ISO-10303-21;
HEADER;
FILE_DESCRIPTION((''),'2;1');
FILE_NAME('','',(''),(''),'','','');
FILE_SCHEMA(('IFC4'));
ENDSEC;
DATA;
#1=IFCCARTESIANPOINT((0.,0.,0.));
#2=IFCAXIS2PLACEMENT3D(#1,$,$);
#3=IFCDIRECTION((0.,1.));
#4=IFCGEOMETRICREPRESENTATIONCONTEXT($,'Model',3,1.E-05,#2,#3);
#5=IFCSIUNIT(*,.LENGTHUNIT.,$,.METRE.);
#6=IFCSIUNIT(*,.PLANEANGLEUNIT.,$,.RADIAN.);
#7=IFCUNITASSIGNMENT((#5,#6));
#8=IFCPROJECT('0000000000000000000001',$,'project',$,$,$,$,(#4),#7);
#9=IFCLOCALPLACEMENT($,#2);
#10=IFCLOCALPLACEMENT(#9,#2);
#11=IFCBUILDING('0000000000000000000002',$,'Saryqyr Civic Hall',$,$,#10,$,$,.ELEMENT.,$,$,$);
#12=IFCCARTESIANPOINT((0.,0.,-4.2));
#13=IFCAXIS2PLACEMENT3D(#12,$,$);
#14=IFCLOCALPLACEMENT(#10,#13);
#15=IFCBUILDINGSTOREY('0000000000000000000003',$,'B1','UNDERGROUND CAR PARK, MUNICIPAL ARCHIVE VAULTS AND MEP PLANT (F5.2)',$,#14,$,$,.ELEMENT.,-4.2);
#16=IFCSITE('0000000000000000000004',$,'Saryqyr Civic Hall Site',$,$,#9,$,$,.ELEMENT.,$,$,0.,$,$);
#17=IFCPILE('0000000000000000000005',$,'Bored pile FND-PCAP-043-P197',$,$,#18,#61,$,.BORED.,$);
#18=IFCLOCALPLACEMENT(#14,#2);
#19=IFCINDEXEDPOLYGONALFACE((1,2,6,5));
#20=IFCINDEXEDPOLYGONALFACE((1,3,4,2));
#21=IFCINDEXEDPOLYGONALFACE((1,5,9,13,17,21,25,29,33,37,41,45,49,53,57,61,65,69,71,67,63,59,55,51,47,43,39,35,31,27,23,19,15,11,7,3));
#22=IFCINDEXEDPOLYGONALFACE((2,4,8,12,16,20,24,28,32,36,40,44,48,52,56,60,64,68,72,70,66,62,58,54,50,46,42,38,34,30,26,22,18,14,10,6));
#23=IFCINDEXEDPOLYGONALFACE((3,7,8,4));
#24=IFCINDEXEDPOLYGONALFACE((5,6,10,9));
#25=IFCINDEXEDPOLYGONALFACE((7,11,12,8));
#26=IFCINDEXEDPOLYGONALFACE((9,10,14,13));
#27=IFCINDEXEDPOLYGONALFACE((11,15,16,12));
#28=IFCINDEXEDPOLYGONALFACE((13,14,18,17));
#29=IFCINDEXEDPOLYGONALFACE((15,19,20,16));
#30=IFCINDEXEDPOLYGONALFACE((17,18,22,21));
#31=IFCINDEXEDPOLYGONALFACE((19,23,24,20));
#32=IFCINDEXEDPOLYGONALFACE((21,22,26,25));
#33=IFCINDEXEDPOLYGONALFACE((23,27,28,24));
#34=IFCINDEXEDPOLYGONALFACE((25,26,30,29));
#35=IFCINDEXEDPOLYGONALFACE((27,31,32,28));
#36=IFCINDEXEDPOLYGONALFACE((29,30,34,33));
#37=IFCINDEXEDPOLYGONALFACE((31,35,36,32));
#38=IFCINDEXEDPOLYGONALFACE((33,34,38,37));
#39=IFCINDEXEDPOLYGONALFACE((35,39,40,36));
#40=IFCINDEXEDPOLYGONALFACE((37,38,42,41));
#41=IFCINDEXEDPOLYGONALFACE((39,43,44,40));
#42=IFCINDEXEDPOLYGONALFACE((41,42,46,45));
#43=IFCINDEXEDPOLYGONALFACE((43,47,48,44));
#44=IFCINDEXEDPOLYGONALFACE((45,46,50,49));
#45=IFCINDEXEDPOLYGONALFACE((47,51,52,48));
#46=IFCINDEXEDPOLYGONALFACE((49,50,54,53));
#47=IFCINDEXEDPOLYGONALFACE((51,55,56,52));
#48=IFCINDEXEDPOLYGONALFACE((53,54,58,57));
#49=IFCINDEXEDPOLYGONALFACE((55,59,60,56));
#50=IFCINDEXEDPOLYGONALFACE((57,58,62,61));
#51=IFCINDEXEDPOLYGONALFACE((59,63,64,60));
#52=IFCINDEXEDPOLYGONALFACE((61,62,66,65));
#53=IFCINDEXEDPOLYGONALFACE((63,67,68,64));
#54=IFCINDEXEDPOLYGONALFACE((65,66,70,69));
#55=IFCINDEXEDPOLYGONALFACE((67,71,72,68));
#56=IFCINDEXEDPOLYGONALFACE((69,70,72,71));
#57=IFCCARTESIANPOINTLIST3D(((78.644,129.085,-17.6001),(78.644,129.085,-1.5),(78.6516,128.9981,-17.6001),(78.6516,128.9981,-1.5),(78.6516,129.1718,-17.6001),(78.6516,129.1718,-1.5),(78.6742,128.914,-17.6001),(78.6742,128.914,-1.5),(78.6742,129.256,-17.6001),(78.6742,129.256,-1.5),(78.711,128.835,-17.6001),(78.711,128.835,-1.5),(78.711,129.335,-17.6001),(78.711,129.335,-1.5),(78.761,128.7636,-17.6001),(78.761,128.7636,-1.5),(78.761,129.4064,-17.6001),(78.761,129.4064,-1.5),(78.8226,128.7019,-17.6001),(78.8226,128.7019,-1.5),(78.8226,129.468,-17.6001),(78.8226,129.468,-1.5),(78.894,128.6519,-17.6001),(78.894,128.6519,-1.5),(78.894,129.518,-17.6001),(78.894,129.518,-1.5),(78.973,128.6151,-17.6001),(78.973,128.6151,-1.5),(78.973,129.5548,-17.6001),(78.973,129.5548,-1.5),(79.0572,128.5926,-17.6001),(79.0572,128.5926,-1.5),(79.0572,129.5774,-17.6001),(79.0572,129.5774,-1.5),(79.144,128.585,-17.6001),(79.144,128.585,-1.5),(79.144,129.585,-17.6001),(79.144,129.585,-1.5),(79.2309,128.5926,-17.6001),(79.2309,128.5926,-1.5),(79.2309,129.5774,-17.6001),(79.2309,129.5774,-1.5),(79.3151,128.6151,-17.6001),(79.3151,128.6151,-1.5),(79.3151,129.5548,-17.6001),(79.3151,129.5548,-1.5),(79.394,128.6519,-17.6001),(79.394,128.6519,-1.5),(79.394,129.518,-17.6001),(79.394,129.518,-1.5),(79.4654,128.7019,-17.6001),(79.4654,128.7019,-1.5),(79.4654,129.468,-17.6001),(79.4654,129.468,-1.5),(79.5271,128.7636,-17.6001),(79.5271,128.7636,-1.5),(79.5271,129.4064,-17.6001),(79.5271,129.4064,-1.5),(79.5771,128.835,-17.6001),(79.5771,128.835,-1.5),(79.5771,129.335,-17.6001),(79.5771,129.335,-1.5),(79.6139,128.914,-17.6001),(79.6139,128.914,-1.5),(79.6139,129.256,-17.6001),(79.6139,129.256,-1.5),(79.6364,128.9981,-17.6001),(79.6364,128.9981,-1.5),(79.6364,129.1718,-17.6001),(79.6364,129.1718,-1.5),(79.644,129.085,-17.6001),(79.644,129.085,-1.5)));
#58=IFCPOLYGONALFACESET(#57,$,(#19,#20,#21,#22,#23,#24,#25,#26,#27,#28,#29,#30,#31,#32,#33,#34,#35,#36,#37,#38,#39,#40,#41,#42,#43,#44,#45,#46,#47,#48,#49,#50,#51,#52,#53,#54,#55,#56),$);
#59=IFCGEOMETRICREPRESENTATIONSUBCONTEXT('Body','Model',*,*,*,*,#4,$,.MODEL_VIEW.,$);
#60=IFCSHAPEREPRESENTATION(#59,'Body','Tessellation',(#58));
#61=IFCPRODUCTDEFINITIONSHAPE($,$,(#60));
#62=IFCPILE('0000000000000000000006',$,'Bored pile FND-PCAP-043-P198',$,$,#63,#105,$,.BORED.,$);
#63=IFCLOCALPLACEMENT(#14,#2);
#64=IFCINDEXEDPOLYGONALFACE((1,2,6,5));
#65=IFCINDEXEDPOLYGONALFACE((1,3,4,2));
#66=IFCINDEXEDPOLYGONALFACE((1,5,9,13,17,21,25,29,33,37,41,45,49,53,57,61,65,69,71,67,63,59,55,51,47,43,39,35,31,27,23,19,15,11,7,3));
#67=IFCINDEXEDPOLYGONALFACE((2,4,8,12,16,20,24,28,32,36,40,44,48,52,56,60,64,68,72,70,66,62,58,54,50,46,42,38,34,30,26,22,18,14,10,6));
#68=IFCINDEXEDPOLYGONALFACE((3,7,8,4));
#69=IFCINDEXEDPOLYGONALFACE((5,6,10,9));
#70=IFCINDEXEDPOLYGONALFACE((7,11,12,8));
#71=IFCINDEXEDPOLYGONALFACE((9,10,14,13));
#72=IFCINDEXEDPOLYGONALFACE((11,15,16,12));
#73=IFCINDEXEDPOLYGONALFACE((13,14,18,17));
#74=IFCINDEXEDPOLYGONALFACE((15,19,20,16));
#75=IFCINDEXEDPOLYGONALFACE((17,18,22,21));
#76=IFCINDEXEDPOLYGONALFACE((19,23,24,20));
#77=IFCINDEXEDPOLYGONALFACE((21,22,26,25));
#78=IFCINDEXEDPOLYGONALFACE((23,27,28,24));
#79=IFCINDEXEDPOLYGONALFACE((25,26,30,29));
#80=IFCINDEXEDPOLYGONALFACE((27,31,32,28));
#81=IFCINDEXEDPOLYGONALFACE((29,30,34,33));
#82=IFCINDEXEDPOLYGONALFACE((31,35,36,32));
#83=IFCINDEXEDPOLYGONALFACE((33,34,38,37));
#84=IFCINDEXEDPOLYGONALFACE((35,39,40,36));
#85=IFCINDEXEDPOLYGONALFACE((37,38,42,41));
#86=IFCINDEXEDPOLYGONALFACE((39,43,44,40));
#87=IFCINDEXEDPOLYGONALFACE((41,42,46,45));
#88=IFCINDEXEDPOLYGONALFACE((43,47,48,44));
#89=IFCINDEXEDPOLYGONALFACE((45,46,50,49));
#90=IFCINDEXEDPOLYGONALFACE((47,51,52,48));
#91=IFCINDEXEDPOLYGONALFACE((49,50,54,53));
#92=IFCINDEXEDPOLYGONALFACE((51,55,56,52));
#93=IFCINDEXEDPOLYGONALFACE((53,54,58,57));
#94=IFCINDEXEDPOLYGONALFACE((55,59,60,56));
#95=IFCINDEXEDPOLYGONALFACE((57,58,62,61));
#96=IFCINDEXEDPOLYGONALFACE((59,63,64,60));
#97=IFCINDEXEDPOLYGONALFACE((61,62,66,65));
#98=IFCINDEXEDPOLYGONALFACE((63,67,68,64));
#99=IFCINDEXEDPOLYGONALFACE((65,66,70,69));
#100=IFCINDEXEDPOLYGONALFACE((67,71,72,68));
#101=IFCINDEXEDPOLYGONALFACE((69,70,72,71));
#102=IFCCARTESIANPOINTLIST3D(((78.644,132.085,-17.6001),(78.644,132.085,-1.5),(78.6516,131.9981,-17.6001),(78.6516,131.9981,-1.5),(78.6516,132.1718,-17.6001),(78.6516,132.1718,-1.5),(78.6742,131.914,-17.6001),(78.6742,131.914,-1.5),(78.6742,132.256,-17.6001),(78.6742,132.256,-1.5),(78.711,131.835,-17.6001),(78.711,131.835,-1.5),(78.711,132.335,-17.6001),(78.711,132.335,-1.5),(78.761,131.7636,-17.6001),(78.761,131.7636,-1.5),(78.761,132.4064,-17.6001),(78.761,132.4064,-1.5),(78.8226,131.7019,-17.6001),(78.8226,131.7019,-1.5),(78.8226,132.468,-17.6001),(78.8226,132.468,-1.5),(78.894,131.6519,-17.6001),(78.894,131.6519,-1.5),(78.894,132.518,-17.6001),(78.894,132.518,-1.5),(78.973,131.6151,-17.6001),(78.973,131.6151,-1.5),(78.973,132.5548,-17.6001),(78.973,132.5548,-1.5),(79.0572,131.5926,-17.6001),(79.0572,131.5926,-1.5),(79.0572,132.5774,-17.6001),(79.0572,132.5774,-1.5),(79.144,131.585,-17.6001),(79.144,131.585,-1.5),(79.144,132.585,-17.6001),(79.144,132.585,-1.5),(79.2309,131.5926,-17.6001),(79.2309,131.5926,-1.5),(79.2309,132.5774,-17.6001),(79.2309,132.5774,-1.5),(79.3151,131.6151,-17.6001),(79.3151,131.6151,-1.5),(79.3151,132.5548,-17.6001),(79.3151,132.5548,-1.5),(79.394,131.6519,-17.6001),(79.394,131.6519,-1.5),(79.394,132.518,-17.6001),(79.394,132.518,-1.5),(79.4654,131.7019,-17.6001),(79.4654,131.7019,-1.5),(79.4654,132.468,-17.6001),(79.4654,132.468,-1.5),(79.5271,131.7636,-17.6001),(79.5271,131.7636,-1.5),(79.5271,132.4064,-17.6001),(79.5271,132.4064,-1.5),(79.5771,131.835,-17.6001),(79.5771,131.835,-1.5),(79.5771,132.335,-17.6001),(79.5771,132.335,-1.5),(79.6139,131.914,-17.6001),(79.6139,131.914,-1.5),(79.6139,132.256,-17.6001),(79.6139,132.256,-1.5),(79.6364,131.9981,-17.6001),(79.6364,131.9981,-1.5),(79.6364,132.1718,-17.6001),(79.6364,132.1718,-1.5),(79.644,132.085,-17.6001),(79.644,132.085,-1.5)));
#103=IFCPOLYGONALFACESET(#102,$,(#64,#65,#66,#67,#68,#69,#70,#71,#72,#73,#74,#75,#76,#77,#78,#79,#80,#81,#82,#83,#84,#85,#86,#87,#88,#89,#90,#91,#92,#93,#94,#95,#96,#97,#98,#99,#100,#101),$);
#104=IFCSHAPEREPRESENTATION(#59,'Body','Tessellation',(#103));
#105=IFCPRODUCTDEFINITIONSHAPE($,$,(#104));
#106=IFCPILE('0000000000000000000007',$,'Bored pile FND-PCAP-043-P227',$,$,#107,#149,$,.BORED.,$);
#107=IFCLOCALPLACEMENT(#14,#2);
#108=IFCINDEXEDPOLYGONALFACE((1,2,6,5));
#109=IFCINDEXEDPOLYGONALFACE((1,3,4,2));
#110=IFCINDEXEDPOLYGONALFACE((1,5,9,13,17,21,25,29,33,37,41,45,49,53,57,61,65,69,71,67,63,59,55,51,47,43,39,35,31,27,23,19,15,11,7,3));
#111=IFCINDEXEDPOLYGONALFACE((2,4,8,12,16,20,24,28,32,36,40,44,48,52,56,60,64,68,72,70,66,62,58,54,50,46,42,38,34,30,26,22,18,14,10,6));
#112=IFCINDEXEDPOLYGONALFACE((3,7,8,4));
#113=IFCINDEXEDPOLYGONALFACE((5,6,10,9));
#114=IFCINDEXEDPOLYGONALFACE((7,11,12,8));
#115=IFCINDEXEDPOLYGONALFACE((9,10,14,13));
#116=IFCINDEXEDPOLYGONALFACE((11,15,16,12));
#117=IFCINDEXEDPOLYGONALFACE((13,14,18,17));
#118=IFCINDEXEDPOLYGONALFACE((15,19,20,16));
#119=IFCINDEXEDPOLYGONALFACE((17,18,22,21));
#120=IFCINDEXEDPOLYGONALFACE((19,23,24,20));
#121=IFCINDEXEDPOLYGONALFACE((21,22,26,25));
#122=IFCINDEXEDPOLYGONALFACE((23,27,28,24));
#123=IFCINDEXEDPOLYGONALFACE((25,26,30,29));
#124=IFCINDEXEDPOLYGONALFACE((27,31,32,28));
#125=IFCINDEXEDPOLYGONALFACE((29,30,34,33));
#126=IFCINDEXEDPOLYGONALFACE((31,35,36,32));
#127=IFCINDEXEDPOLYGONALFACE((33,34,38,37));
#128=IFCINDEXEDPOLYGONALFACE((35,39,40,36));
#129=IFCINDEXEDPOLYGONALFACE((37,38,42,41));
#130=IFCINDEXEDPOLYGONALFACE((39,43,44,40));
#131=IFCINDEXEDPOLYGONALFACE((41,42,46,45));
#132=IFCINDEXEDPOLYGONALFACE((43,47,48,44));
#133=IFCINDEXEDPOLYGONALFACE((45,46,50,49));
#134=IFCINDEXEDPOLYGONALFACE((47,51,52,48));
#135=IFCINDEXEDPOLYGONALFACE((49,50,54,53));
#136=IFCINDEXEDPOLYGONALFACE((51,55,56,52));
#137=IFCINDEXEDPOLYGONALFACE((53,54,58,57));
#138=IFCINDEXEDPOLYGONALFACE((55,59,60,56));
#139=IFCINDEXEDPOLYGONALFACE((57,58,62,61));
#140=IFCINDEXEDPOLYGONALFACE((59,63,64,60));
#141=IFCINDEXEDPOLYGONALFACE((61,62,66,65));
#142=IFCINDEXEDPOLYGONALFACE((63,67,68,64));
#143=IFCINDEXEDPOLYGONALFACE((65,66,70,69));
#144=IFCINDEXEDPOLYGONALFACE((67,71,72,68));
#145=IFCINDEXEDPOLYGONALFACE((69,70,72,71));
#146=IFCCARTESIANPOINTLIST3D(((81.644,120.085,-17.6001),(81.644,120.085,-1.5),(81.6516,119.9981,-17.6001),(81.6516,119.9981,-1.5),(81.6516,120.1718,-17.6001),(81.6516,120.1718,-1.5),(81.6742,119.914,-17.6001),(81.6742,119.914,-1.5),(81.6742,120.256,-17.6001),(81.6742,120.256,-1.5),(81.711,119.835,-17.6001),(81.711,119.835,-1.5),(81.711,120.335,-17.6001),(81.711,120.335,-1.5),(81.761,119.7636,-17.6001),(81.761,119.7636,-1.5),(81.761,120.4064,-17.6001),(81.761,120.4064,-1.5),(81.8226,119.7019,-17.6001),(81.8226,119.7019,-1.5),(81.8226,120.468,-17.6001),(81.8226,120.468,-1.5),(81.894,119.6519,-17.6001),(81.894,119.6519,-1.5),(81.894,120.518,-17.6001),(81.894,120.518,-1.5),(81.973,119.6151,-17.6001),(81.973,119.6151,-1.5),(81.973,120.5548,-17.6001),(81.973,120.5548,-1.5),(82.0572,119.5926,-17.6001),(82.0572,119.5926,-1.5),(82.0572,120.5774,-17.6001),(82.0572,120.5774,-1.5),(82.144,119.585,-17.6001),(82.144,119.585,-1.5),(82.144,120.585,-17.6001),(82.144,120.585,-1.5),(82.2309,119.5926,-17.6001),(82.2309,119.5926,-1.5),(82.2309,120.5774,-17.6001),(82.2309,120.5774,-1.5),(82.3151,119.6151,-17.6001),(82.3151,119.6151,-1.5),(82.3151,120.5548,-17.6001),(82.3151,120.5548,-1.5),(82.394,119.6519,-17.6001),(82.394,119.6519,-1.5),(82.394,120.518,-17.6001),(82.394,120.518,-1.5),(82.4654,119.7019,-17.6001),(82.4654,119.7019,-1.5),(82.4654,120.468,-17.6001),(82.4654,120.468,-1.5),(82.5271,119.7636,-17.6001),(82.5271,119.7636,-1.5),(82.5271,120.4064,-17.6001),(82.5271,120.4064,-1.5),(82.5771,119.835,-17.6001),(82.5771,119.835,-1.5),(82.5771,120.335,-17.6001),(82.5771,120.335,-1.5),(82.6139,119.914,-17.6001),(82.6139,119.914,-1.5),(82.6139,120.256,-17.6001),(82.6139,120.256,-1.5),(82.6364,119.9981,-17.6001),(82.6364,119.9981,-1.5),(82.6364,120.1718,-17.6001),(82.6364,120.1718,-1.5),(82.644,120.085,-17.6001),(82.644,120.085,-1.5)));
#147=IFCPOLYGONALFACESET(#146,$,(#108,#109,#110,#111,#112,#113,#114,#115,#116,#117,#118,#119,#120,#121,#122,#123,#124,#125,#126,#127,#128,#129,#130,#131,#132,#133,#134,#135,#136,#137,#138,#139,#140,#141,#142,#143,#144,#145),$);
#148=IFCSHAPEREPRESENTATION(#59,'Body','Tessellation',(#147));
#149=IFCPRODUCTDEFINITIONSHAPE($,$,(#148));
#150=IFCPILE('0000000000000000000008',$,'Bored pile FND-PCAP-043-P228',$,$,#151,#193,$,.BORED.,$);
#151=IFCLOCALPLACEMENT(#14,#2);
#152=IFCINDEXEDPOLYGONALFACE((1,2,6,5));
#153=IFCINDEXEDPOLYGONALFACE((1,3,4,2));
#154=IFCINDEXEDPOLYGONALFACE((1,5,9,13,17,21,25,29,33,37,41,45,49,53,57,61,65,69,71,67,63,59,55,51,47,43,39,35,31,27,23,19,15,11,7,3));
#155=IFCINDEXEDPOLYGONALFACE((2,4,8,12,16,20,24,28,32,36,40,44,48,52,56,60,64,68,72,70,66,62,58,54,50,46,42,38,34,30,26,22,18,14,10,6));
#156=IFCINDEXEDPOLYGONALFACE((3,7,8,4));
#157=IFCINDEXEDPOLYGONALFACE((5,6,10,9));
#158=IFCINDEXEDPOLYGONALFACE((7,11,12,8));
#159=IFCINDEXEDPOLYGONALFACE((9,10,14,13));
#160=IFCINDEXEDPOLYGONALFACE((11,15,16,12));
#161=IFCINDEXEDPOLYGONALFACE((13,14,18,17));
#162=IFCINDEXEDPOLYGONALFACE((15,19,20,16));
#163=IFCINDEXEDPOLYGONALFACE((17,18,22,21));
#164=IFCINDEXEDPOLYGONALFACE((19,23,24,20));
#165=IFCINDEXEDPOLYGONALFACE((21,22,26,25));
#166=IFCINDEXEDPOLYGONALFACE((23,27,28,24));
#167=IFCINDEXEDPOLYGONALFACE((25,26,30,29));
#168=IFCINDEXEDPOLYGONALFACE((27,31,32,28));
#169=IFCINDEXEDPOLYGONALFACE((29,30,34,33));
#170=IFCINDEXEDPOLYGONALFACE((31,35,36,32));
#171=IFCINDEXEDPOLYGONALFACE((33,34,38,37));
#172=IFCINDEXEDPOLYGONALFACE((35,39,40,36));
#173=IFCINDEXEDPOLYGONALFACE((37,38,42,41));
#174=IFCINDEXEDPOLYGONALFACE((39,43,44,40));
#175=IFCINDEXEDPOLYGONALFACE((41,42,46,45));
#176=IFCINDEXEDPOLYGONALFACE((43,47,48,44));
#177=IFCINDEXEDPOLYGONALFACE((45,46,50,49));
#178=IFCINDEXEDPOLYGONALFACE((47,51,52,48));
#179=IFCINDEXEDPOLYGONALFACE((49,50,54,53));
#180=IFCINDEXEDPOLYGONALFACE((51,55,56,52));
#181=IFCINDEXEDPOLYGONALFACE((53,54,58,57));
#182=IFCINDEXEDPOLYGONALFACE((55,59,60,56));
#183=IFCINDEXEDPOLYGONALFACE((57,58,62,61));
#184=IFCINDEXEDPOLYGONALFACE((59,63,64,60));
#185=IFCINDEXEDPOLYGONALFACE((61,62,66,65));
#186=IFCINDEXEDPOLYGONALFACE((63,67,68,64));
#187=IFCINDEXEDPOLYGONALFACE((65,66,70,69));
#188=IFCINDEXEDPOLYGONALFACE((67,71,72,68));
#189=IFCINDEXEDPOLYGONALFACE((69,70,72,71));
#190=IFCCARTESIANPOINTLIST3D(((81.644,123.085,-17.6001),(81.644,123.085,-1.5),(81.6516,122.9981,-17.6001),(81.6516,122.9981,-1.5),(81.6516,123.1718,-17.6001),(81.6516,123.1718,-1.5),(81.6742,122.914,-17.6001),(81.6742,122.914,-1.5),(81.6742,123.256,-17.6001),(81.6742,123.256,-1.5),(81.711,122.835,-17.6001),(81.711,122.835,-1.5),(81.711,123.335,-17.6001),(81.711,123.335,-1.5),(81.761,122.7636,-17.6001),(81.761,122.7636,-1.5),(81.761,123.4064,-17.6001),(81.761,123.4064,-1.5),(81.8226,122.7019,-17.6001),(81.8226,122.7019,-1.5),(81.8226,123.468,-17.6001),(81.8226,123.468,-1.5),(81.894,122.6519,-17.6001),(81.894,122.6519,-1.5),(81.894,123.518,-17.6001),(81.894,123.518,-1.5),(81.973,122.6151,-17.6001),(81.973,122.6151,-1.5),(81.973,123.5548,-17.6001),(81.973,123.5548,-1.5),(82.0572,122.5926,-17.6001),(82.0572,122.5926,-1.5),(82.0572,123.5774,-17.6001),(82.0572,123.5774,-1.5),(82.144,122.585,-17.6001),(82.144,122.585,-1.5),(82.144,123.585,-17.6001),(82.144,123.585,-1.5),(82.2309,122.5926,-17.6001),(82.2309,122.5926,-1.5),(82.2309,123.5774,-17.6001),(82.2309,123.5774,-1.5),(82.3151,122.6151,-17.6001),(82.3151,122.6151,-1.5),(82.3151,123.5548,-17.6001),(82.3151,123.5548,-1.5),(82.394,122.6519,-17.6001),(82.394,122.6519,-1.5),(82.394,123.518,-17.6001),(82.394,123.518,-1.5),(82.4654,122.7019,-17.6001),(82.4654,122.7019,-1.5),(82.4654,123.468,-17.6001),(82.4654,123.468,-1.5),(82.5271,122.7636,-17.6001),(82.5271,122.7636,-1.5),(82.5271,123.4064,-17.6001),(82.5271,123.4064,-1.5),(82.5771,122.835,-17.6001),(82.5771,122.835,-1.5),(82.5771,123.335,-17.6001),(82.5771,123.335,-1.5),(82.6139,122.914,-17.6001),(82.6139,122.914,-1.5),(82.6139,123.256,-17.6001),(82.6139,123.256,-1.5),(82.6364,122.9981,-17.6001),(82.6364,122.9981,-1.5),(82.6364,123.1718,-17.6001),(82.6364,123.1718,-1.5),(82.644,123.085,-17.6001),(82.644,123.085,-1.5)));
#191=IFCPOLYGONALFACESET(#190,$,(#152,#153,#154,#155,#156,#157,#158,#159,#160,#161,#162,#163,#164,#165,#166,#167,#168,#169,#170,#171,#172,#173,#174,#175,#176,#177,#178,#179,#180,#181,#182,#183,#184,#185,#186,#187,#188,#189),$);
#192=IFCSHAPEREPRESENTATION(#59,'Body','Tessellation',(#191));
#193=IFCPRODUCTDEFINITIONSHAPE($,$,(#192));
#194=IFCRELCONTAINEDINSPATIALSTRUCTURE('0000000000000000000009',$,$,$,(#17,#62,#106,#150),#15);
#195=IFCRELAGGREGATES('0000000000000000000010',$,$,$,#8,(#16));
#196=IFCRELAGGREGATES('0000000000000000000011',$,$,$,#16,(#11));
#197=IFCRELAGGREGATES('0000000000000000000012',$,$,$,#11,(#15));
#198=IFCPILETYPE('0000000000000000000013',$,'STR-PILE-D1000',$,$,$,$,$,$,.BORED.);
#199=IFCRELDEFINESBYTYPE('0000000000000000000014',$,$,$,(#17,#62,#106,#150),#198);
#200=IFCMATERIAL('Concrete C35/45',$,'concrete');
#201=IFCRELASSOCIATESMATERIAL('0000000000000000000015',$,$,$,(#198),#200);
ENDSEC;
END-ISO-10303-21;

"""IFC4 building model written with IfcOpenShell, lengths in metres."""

from ifc_helpers import new_model, si_unit, direction, frame, origin, origin_2d, place, context, subcontext, project, spatial, circle, extrude, material, material_profile, profile_set, type_object, element, save


model = new_model("IFC4")

# Units and contexts
model_context = context("Model", 3, precision=1e-05, world=origin(), true_north=direction((0.0, 1.0)))
body_context = subcontext(model_context, "Body", "Model", "MODEL_VIEW")
ifc_project = project(units=[si_unit("LENGTHUNIT", "METRE"), si_unit("PLANEANGLEUNIT", "RADIAN")], contexts=[model_context])

# Site, building, storey
site_placement = place(None, origin())
site = spatial("IfcSite", under=ifc_project, at=site_placement, Name="Saryqyr Civic Hall Site", CompositionType="ELEMENT", RefElevation=0.0)
building_placement = place(site_placement, origin())
building = spatial("IfcBuilding", under=site, at=building_placement, Name="Saryqyr Civic Hall", CompositionType="ELEMENT")
storey_placement = place(building_placement, frame((0.0, 0.0, -4.2)))
storey = spatial("IfcBuildingStorey", under=building, at=storey_placement, Name="B1", Description="UNDERGROUND CAR PARK, MUNICIPAL ARCHIVE VAULTS AND MEP PLANT (F5.2)", CompositionType="ELEMENT", Elevation=-4.2)

# Shared definitions
ifc_material_1 = material(Name="Concrete C35/45", Category="concrete")

# Piles
ifc_material_profile_1 = material_profile(ifc_material_1, circle(Radius=0.5, at=origin_2d()), Name="BORED PILE D1000")
ifc_profile_set_1 = profile_set([ifc_material_profile_1], Name="Concrete C35/45")
pile_type = type_object("IfcPileType", Name="STR-PILE-D1000", PredefinedType="BORED", material=ifc_profile_set_1)
for number, where, z_axis, x_axis, name in (
    (1, (79.144, 129.085, -1.5), (0.0, 0.0, -1.0), (1.0, 0.0, 0.0), "Bored pile FND-PCAP-043-P197"),
    (2, (79.144, 132.085, -1.5), (0.0, 0.0, -1.0), (1.0, 0.0, 0.0), "Bored pile FND-PCAP-043-P198"),
    (3, (82.144, 120.085, -1.5), (0.0, 0.0, -1.0), (1.0, 0.0, 0.0), "Bored pile FND-PCAP-043-P227"),
    (4, (82.144, 123.085, -1.5), (0.0, 0.0, -1.0), (1.0, 0.0, 0.0), "Bored pile FND-PCAP-043-P228"),
):
    element("IfcPile", number, at=place(storey_placement, frame(where, z_axis=z_axis, x_axis=x_axis)), inside=storey, type_object=pile_type, Name=name, PredefinedType="BORED", context=body_context, shape_type="SweptSolid", body=[
        extrude(circle(Radius=0.5, at=origin_2d()), origin(), (0.0, 0.0, 1.0), 16.1001),
    ])

save(model, "model.ifc")
